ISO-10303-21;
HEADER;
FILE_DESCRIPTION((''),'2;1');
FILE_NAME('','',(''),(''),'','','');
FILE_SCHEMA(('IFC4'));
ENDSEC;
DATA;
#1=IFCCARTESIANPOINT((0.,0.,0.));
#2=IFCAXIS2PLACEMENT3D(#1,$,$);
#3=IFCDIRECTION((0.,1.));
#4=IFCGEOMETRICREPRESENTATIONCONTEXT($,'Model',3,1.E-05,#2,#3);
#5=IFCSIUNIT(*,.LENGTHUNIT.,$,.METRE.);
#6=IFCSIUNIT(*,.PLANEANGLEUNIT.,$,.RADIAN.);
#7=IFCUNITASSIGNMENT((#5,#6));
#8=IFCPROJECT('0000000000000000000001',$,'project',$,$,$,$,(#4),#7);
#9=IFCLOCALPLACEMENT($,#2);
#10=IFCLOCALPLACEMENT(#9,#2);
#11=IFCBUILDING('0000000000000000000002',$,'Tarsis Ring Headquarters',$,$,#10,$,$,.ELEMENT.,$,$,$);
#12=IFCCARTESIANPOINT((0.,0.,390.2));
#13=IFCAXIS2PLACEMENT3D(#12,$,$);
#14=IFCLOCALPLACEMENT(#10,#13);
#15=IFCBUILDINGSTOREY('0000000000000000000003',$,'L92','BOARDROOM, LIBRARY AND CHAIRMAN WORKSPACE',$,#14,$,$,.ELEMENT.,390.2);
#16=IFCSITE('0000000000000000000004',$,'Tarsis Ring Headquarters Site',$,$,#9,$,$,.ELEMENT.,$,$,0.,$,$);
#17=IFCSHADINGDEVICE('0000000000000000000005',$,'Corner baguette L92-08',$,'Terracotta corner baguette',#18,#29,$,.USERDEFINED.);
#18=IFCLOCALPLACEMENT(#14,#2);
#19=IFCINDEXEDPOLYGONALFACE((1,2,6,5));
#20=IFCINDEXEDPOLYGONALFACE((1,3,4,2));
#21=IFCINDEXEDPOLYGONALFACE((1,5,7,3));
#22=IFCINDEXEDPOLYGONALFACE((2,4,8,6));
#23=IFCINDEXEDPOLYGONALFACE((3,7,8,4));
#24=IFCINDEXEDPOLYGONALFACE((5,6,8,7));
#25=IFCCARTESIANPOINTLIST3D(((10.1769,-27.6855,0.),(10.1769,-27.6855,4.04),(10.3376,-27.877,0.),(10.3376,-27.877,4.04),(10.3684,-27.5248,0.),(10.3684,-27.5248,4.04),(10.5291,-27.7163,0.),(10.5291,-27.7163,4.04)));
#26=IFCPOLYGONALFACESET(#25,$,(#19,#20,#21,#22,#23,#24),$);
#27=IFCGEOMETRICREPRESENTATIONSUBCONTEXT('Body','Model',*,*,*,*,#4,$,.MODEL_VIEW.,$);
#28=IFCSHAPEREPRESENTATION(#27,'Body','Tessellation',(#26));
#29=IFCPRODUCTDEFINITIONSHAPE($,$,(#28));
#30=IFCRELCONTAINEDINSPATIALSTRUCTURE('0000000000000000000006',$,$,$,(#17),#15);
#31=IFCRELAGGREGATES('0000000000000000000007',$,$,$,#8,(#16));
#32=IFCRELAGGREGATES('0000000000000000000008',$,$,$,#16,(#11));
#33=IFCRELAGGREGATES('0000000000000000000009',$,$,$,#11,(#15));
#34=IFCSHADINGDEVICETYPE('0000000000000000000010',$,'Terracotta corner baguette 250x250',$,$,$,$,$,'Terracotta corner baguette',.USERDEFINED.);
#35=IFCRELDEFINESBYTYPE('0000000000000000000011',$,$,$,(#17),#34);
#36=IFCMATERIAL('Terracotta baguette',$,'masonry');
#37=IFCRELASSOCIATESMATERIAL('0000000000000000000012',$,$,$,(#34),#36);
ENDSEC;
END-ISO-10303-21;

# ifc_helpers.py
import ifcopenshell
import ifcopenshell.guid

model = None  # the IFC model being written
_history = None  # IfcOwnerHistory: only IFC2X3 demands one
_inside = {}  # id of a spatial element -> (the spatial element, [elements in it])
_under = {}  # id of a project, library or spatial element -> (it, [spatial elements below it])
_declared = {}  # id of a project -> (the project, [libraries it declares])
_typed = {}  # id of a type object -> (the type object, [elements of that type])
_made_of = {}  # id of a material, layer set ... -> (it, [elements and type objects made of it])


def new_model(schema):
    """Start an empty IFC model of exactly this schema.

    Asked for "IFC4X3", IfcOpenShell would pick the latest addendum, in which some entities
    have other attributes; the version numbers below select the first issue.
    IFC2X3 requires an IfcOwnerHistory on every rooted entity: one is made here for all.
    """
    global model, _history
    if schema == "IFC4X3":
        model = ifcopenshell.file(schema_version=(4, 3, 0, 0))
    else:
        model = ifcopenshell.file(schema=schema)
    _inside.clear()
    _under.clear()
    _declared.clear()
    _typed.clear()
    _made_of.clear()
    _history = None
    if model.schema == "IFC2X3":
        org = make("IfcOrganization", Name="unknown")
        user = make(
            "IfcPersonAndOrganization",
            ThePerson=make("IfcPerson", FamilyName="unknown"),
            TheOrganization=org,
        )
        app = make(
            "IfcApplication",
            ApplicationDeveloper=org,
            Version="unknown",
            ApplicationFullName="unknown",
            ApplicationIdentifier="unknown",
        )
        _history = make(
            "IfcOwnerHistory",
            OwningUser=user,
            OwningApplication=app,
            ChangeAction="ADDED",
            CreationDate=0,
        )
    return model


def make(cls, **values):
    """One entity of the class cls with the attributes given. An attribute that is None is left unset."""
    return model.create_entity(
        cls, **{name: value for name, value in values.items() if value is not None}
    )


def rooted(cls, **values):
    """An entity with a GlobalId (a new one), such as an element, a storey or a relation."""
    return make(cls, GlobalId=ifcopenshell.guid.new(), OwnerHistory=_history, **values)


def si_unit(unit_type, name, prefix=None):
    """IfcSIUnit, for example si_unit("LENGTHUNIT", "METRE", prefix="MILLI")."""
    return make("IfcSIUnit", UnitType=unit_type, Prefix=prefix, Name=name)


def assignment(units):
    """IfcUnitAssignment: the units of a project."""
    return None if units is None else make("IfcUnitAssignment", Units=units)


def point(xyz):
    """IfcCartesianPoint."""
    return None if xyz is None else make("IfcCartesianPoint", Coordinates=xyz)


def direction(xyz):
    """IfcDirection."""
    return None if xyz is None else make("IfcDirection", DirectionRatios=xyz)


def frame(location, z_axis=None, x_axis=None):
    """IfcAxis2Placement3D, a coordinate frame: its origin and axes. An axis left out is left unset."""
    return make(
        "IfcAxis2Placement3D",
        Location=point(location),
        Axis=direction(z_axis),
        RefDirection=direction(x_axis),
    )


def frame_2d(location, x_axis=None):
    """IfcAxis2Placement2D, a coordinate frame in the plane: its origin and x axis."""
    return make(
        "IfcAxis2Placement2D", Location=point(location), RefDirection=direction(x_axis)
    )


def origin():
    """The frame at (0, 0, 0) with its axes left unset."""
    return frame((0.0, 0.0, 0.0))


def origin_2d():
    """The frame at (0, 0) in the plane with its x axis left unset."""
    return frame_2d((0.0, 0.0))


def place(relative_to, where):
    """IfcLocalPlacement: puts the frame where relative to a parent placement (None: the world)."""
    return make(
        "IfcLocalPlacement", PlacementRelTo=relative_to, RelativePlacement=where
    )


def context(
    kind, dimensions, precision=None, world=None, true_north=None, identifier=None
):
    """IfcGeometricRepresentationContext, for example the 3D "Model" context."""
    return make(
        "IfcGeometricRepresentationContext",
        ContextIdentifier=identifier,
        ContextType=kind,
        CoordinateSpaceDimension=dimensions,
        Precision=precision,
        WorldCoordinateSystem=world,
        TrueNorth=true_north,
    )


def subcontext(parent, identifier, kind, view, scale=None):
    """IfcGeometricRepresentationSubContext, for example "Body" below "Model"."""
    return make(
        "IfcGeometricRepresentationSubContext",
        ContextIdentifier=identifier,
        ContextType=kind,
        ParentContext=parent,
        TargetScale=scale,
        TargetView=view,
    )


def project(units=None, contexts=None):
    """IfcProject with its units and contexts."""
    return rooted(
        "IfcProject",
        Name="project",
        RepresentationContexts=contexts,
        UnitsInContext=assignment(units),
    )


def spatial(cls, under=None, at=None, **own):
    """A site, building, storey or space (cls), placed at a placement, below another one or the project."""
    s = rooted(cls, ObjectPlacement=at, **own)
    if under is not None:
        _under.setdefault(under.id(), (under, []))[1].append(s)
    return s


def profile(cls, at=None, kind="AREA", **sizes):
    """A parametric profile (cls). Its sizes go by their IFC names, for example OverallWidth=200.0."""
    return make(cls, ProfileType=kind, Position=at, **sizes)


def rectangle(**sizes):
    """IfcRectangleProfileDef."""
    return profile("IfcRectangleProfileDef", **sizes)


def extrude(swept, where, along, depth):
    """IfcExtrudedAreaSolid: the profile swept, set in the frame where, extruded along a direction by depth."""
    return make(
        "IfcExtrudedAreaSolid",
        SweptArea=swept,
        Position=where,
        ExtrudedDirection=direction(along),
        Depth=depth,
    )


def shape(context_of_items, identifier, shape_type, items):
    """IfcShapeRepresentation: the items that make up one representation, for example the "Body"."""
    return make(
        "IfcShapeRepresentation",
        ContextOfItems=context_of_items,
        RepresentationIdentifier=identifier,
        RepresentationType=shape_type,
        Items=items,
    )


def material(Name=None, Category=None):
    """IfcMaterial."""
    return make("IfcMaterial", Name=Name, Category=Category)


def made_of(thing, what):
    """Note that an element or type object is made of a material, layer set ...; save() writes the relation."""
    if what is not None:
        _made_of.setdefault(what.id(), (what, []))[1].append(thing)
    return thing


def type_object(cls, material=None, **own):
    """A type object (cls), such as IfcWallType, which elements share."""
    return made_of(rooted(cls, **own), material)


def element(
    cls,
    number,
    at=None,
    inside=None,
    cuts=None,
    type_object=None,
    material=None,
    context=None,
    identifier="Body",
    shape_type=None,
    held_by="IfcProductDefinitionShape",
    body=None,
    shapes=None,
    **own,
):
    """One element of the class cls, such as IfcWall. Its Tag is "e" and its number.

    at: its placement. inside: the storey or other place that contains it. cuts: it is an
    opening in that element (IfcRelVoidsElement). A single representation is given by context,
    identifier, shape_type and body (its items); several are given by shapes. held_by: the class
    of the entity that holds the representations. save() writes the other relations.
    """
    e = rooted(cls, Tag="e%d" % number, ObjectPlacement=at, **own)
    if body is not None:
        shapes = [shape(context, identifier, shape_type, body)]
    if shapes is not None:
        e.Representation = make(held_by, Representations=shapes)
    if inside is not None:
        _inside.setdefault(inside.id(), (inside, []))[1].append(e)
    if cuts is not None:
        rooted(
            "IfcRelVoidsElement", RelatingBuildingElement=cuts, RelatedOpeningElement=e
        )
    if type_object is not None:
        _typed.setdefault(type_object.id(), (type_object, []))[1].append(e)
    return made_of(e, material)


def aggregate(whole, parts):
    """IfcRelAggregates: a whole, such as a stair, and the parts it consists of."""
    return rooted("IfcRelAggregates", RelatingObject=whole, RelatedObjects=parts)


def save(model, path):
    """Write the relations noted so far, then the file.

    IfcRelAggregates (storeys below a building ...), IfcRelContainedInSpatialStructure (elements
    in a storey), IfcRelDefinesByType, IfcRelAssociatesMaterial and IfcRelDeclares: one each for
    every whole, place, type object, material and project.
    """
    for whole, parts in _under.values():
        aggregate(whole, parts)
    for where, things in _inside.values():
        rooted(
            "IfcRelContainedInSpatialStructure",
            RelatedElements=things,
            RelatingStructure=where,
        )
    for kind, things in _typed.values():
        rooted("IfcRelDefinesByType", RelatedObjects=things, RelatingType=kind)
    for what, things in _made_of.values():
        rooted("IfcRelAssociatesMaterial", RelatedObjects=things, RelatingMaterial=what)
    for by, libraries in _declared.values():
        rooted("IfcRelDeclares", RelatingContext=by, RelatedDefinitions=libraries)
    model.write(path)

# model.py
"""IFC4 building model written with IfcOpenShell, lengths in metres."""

from ifc_helpers import new_model, si_unit, direction, frame, origin, origin_2d, place, context, subcontext, project, spatial, rectangle, extrude, material, type_object, element, save


model = new_model("IFC4")

# Units and contexts
model_context = context("Model", 3, precision=1e-05, world=origin(), true_north=direction((0.0, 1.0)))
body_context = subcontext(model_context, "Body", "Model", "MODEL_VIEW")
ifc_project = project(units=[si_unit("LENGTHUNIT", "METRE"), si_unit("PLANEANGLEUNIT", "RADIAN")], contexts=[model_context])

# Site, building, storey
site_placement = place(None, origin())
site = spatial("IfcSite", under=ifc_project, at=site_placement, Name="Tarsis Ring Headquarters Site", CompositionType="ELEMENT", RefElevation=0.0)
building_placement = place(site_placement, origin())
building = spatial("IfcBuilding", under=site, at=building_placement, Name="Tarsis Ring Headquarters", CompositionType="ELEMENT")
storey_placement = place(building_placement, frame((0.0, 0.0, 390.2)))
storey = spatial("IfcBuildingStorey", under=building, at=storey_placement, Name="L92", Description="BOARDROOM, LIBRARY AND CHAIRMAN WORKSPACE", CompositionType="ELEMENT", Elevation=390.2)

# Shading device
ifc_material_1 = material(Name="Terracotta baguette", Category="masonry")
shading_device_type = type_object("IfcShadingDeviceType", Name="Terracotta corner baguette 250x250", ElementType="Terracotta corner baguette", PredefinedType="USERDEFINED", material=ifc_material_1)
shading_device_placement = place(storey_placement, frame((10.353, -27.7009, 0.0), z_axis=(0.0, 0.0, 1.0), x_axis=(0.766045, 0.642787, 0.0)))
element("IfcShadingDevice", 1, at=shading_device_placement, inside=storey, type_object=shading_device_type, Name="Corner baguette L92-08", ObjectType="Terracotta corner baguette", PredefinedType="USERDEFINED", context=body_context, shape_type="SweptSolid", body=[
    extrude(rectangle(XDim=0.25, YDim=0.25, at=origin_2d()), origin(), (0.0, 0.0, 1.0), 4.04),
])

save(model, "model.ifc")
